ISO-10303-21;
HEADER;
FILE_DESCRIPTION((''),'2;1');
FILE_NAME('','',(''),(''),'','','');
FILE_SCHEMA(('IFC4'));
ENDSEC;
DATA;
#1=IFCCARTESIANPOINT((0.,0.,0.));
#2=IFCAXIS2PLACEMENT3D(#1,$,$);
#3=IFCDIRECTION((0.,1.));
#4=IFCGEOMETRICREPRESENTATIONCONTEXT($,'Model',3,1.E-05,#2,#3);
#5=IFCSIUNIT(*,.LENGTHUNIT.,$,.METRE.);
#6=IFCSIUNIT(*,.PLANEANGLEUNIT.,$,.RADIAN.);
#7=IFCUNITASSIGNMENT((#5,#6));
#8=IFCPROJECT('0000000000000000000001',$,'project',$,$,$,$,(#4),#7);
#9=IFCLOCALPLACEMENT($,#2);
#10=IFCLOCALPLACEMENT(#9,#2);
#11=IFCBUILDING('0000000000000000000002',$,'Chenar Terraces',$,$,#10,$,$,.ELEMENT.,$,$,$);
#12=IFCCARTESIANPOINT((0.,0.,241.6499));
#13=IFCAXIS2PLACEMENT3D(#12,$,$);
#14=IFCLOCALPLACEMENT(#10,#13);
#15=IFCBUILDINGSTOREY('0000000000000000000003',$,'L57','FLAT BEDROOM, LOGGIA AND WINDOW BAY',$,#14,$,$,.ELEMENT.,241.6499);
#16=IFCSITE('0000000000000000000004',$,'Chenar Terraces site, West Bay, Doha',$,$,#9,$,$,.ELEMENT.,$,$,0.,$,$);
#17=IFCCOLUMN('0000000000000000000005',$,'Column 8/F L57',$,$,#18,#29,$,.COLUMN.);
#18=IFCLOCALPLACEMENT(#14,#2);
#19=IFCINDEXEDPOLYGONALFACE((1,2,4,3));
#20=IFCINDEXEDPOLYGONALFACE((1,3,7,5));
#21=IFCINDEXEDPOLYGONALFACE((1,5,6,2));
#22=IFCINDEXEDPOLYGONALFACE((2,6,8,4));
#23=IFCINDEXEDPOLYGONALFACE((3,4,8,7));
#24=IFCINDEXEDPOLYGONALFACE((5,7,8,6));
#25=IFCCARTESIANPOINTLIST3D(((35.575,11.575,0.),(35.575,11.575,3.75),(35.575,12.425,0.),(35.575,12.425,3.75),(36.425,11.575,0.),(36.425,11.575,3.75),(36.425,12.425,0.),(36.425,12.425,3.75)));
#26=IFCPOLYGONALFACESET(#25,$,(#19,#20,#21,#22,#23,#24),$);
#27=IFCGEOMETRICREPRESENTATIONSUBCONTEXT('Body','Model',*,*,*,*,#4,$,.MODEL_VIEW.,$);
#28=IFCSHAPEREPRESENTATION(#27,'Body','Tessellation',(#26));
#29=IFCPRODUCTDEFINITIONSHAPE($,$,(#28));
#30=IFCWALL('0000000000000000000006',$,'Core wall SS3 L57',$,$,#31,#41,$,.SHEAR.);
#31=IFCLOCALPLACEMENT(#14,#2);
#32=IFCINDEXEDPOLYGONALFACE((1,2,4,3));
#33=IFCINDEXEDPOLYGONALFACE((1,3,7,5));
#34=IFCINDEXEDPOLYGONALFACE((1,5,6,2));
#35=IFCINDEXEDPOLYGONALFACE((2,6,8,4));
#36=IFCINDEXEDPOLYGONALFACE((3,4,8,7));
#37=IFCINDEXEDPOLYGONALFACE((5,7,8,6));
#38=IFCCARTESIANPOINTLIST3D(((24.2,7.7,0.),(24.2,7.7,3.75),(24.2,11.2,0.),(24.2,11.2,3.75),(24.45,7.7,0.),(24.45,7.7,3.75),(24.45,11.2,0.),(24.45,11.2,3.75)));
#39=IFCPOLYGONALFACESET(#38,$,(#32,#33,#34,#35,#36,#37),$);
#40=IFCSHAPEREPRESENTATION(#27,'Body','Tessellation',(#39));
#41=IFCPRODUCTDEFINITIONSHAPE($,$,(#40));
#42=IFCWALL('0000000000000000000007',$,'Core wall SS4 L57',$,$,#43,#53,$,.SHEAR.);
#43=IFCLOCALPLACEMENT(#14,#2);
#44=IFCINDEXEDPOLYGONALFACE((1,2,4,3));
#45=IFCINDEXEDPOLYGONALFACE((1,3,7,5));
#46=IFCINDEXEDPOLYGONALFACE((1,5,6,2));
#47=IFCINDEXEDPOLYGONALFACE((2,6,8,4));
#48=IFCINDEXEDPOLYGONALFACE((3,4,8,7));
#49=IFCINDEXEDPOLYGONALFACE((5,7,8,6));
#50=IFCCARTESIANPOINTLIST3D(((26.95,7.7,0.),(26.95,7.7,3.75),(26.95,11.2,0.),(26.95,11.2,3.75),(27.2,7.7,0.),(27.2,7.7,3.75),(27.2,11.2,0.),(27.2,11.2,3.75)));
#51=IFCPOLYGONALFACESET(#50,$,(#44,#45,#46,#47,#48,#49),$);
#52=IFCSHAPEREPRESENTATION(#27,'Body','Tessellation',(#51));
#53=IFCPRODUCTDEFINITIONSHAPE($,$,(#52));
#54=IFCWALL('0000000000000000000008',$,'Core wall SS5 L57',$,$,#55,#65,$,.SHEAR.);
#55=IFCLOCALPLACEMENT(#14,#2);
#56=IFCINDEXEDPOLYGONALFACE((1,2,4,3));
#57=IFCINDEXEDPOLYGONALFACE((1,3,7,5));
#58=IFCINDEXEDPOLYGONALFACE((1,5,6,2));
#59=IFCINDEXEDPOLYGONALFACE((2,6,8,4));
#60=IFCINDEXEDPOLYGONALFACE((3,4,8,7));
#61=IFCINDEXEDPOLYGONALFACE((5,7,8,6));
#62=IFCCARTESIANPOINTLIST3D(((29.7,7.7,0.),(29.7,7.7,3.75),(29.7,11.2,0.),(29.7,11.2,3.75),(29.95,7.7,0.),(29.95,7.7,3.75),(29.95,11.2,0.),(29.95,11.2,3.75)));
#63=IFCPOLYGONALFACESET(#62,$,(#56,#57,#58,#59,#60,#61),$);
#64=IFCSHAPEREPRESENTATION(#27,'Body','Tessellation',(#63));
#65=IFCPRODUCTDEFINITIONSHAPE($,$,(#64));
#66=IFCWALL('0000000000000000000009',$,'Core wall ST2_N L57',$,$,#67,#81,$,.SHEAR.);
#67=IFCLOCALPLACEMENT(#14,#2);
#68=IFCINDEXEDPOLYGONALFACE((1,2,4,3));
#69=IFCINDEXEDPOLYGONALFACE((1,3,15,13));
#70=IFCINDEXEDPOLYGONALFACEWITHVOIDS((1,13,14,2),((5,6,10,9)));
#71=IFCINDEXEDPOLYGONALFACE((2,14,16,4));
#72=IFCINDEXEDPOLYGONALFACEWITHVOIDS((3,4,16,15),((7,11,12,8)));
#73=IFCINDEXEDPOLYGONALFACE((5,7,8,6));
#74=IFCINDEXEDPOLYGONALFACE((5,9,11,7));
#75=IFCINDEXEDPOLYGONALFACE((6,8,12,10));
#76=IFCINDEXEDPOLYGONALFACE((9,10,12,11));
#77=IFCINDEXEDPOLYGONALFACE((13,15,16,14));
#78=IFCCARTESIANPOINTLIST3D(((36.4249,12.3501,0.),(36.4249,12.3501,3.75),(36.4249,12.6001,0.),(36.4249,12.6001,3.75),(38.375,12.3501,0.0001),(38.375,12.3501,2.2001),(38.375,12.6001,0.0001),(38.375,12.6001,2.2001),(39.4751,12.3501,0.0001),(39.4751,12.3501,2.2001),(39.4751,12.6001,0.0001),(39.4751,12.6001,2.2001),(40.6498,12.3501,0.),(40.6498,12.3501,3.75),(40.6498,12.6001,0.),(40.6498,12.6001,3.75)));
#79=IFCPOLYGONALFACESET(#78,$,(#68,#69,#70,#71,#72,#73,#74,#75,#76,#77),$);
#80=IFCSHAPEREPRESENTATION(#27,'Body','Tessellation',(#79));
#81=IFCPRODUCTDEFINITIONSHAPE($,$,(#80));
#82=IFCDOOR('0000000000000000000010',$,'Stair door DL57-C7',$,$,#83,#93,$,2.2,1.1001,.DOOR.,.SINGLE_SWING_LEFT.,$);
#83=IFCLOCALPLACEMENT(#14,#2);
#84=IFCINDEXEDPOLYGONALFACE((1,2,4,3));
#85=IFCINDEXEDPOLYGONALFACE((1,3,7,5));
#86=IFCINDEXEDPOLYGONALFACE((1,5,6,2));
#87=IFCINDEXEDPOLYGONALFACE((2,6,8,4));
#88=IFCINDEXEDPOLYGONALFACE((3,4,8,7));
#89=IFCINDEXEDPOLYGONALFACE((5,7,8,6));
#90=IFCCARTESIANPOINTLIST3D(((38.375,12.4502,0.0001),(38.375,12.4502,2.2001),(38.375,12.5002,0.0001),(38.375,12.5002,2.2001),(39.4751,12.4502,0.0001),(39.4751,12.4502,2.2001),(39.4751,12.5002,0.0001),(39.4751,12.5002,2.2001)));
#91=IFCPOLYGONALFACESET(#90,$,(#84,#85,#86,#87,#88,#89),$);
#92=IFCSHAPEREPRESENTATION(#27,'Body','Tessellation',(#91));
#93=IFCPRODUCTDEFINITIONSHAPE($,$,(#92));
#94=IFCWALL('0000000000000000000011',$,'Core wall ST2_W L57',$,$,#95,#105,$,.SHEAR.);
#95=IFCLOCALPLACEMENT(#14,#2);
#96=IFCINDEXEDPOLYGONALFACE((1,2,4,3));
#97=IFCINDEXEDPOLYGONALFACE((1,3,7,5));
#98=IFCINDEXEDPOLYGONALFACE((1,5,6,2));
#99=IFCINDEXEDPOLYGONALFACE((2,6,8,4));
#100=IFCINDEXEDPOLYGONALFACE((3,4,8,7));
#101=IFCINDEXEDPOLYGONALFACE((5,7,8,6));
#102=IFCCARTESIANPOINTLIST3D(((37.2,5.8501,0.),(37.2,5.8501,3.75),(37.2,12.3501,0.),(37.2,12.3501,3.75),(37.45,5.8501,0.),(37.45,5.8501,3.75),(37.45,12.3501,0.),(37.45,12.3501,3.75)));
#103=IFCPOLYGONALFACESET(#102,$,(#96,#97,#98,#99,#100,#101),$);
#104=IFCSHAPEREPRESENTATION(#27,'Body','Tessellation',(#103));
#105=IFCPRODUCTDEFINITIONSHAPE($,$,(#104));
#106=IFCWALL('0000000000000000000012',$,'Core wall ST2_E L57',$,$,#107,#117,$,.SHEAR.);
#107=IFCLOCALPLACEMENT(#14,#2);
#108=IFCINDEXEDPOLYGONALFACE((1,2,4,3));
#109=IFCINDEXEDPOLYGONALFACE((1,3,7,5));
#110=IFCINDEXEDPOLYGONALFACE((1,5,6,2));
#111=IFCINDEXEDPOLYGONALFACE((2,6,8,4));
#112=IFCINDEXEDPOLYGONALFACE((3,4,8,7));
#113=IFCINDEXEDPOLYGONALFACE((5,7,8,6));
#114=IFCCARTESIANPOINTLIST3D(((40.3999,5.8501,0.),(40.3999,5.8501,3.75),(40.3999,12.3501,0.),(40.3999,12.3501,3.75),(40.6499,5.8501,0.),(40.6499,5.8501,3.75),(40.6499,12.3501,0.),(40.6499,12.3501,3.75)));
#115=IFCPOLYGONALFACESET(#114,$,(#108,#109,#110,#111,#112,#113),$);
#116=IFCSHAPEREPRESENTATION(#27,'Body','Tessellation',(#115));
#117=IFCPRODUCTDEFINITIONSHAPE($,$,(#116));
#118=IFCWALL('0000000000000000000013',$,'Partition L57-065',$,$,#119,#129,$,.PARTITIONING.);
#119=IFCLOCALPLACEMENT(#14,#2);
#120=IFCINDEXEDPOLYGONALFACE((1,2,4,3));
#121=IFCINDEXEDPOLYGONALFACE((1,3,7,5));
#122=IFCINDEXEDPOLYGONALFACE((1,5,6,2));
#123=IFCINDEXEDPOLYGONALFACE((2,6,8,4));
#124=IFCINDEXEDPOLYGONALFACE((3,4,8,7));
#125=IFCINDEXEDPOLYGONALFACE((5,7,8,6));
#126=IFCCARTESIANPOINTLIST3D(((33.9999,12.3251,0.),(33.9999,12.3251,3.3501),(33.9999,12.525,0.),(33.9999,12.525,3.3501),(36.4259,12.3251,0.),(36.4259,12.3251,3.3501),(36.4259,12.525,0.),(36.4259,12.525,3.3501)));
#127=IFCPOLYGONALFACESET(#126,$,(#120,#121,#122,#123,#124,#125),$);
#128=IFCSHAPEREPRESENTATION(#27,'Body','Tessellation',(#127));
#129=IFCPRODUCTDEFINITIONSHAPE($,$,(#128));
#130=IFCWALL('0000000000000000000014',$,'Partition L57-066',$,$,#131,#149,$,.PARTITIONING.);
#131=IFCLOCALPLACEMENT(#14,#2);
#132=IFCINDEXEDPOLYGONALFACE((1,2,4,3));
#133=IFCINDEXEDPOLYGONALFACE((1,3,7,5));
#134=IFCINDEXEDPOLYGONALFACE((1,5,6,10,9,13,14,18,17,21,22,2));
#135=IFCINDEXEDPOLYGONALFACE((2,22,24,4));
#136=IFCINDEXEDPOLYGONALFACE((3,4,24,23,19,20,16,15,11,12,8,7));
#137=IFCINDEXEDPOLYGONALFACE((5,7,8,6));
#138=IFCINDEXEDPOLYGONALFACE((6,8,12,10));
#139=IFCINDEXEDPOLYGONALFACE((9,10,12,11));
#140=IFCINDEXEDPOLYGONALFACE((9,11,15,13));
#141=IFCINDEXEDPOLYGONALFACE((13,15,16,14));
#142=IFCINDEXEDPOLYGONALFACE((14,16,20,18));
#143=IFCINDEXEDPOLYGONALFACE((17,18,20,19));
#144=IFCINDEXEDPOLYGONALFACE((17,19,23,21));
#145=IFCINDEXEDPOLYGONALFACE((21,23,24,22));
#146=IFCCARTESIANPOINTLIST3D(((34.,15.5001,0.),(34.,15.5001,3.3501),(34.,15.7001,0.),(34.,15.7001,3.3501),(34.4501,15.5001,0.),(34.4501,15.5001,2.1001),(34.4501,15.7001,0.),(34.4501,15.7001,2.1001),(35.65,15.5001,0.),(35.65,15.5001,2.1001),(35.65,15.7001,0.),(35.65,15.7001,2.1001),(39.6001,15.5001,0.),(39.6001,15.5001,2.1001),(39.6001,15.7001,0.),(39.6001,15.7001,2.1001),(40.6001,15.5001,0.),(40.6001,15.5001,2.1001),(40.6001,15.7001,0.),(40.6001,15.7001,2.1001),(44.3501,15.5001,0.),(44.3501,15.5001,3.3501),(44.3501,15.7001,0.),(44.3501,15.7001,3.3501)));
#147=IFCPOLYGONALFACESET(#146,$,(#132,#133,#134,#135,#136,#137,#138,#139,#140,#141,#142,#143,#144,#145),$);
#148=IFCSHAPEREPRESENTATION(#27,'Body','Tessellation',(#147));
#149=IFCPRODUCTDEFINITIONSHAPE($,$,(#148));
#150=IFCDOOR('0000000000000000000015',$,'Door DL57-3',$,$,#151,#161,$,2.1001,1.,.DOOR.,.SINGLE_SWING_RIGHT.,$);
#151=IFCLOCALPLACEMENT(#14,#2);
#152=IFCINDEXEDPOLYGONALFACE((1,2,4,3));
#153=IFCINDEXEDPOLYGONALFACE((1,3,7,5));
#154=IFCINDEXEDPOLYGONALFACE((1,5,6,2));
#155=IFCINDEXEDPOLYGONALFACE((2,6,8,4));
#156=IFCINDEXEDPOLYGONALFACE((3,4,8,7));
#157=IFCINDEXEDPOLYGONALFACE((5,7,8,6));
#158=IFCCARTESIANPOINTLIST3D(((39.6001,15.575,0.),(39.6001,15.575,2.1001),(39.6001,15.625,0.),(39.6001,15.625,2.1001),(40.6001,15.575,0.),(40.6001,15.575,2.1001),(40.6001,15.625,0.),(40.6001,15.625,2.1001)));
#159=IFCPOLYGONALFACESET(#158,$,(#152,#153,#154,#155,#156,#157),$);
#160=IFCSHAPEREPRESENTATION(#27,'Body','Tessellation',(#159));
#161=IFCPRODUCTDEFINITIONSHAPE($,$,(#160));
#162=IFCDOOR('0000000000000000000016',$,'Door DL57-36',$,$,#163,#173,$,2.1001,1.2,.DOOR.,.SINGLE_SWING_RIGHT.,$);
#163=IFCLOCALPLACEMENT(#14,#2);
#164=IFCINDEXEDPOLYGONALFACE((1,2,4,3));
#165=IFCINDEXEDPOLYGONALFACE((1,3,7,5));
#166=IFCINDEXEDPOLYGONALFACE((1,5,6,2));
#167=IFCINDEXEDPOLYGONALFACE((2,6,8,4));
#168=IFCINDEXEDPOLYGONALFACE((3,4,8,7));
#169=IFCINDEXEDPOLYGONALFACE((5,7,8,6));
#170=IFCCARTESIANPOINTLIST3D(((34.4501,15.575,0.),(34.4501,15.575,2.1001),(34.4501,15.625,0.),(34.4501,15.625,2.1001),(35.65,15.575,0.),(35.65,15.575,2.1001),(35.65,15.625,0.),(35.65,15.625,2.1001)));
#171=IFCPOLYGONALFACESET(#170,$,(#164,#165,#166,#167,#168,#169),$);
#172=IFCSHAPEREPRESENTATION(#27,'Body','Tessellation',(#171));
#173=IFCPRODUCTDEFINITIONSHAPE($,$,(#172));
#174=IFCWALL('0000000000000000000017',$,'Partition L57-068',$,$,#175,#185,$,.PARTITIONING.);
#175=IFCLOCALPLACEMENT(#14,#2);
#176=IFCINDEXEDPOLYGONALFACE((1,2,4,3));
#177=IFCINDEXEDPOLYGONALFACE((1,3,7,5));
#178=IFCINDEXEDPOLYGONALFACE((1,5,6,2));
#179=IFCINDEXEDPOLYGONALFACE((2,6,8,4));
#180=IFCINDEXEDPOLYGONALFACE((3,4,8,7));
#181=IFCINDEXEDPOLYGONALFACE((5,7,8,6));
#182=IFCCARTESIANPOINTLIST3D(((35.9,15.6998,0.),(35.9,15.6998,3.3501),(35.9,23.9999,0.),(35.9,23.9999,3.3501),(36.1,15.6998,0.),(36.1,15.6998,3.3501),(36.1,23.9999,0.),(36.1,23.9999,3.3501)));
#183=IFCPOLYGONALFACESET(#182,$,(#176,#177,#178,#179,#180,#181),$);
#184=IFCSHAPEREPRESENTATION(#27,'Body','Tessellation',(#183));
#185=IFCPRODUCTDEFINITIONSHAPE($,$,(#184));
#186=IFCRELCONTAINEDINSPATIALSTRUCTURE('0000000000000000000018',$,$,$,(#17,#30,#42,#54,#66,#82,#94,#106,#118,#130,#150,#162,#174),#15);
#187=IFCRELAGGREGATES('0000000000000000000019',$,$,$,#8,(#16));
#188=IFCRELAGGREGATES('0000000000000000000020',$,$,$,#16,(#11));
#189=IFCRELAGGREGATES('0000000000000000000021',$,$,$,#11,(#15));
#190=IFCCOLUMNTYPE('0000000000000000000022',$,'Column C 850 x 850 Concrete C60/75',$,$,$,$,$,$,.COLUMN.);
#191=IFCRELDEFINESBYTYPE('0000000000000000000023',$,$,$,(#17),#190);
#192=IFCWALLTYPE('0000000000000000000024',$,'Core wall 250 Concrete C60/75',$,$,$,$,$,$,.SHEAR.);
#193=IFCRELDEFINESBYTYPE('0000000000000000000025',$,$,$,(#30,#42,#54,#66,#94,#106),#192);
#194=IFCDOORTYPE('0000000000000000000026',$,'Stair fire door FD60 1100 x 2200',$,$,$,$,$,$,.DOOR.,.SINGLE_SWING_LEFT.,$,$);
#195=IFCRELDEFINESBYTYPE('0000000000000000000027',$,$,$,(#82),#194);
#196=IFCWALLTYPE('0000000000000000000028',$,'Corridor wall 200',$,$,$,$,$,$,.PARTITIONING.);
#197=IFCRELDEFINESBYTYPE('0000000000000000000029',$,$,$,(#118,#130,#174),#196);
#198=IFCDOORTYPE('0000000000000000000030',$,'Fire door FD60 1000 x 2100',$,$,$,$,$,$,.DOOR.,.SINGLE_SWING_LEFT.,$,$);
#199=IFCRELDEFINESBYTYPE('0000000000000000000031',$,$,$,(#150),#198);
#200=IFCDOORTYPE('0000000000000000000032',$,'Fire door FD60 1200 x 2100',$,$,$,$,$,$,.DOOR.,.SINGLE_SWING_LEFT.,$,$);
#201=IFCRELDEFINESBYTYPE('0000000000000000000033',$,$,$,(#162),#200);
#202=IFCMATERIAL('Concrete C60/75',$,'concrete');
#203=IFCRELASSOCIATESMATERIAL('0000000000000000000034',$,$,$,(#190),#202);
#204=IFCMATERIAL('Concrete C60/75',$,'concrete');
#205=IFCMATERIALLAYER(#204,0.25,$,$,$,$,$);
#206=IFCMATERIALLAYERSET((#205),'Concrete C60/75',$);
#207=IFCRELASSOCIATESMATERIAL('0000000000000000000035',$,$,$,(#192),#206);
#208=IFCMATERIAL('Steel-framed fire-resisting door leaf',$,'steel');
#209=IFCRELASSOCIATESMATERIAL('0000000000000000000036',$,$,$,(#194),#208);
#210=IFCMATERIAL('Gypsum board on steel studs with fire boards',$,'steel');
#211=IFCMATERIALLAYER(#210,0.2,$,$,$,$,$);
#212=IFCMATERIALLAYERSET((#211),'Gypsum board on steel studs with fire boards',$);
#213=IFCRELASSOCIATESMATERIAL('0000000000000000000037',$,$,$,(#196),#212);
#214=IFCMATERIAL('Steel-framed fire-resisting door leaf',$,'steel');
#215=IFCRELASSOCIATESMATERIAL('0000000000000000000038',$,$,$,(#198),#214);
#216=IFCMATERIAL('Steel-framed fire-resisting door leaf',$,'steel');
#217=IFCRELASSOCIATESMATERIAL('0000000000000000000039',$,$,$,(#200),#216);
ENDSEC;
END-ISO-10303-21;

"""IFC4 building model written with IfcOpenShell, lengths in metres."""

from ifc_helpers import new_model, si_unit, direction, frame, frame_2d, origin, origin_2d, place, context, subcontext, project, spatial, rectangle, extrude, material, layer, layer_set, material_profile, profile_set, type_object, element, fill, save


model = new_model("IFC4")

# Units and contexts
model_context = context("Model", 3, precision=1e-05, world=origin(), true_north=direction((0.0, 1.0)))
body_context = subcontext(model_context, "Body", "Model", "MODEL_VIEW")
ifc_project = project(units=[si_unit("LENGTHUNIT", "METRE"), si_unit("PLANEANGLEUNIT", "RADIAN")], contexts=[model_context])

# Site, building, storey
site_placement = place(None, origin())
site = spatial("IfcSite", under=ifc_project, at=site_placement, Name="Chenar Terraces site, West Bay, Doha", CompositionType="ELEMENT", RefElevation=0.0)
building_placement = place(site_placement, origin())
building = spatial("IfcBuilding", under=site, at=building_placement, Name="Chenar Terraces", CompositionType="ELEMENT")
storey_placement = place(building_placement, frame((0.0, 0.0, 241.6499)))
storey = spatial("IfcBuildingStorey", under=building, at=storey_placement, Name="L57", Description="FLAT BEDROOM, LOGGIA AND WINDOW BAY", CompositionType="ELEMENT", Elevation=241.6499)

# Column
ifc_material_1 = material(Name="Concrete C60/75", Category="concrete")
ifc_material_profile = material_profile(ifc_material_1, rectangle(XDim=0.8501, YDim=0.8501, at=origin_2d()), Name="C 850 x 850")
ifc_profile_set = profile_set([ifc_material_profile], Name="Concrete C60/75")
column_type = type_object("IfcColumnType", Name="Column C 850 x 850 Concrete C60/75", PredefinedType="COLUMN", material=ifc_profile_set)
column_placement = place(storey_placement, frame((36.0, 12.0, 0.0), z_axis=(0.0, 0.0, 1.0), x_axis=(1.0, 0.0, 0.0)))
element("IfcColumn", 1, at=column_placement, inside=storey, type_object=column_type, Name="Column 8/F L57", PredefinedType="COLUMN", context=body_context, shape_type="SweptSolid", body=[
    extrude(rectangle(XDim=0.8501, YDim=0.8501, at=origin_2d()), origin(), (0.0, 0.0, 1.0), 3.75),
])

# Walls
ifc_material_2 = material(Name="Concrete C60/75", Category="concrete")
ifc_layer_1 = layer(ifc_material_2, 0.25)
ifc_layer_set_1 = layer_set([ifc_layer_1], Name="Concrete C60/75")
wall_type_1 = type_object("IfcWallType", Name="Core wall 250 Concrete C60/75", PredefinedType="SHEAR", material=ifc_layer_set_1)
for number, where, z_axis, x_axis, name in (
    (2, (24.325, 7.7, 0.0), (0.0, 0.0, 1.0), (0.0, 1.0, 0.0), "Core wall SS3 L57"),
    (3, (27.075, 7.7, 0.0), (0.0, 0.0, 1.0), (0.0, 1.0, 0.0), "Core wall SS4 L57"),
    (4, (29.825, 7.7, 0.0), (0.0, 0.0, 1.0), (0.0, 1.0, 0.0), "Core wall SS5 L57"),
):
    element("IfcWall", number, at=place(storey_placement, frame(where, z_axis=z_axis, x_axis=x_axis)), inside=storey, type_object=wall_type_1, Name=name, PredefinedType="SHEAR", context=body_context, shape_type="SweptSolid", body=[
        extrude(rectangle(XDim=3.5, YDim=0.25, at=frame_2d((1.75, 0.0))), origin(), (0.0, 0.0, 1.0), 3.75),
    ])

# Wall, opening, door
wall_1_placement = place(storey_placement, frame((36.425, 12.4751, 0.0), z_axis=(0.0, 0.0, 1.0), x_axis=(1.0, 0.0, 0.0)))
wall_1 = element("IfcWall", 5, at=wall_1_placement, inside=storey, type_object=wall_type_1, Name="Core wall ST2_N L57", PredefinedType="SHEAR", context=body_context, shape_type="SweptSolid", body=[
    extrude(rectangle(XDim=4.2249, YDim=0.25, at=frame_2d((2.1123, 0.0))), origin(), (0.0, 0.0, 1.0), 3.75),
])
opening_1_placement = place(wall_1_placement, frame((1.95, 0.0, 0.0)))
opening_1 = element("IfcOpeningElement", 6, at=opening_1_placement, cuts=wall_1, PredefinedType="OPENING", context=body_context, shape_type="SweptSolid", body=[
    extrude(rectangle(XDim=1.1001, YDim=2.2, at=frame_2d((0.55, 1.1001))), frame((0.0, 0.135, 0.0), z_axis=(0.0, -1.0, 0.0), x_axis=(1.0, 0.0, 0.0)), (0.0, 0.0, 1.0), 0.27),
])
ifc_material_3 = material(Name="Steel-framed fire-resisting door leaf", Category="steel")
door_type_1 = type_object("IfcDoorType", Name="Stair fire door FD60 1100 x 2200", OperationType="SINGLE_SWING_LEFT", PredefinedType="DOOR", material=ifc_material_3)
door_1_placement = place(opening_1_placement, frame((1.1001, 0.0, 0.0), z_axis=(0.0, 0.0, 1.0), x_axis=(-1.0, 0.0, 0.0)))
door_1 = element("IfcDoor", 7, at=door_1_placement, inside=storey, type_object=door_type_1, Name="Stair door DL57-C7", OperationType="SINGLE_SWING_LEFT", OverallHeight=2.2, OverallWidth=1.1001, PredefinedType="DOOR", context=body_context, shape_type="SweptSolid", body=[
    extrude(rectangle(XDim=1.1001, YDim=2.2, at=frame_2d((0.55, 1.1001))), frame((0.0, 0.0249, 0.0), z_axis=(0.0, -1.0, 0.0), x_axis=(1.0, 0.0, 0.0)), (0.0, 0.0, 1.0), 0.05),
])
fill(opening_1, door_1)

# Walls
for number, where, z_axis, x_axis, name in (
    (8, (37.325, 5.8501, 0.0), (0.0, 0.0, 1.0), (0.0, 1.0, 0.0), "Core wall ST2_W L57"),
    (9, (40.5249, 5.8501, 0.0), (0.0, 0.0, 1.0), (0.0, 1.0, 0.0), "Core wall ST2_E L57"),
):
    element("IfcWall", number, at=place(storey_placement, frame(where, z_axis=z_axis, x_axis=x_axis)), inside=storey, type_object=wall_type_1, Name=name, PredefinedType="SHEAR", context=body_context, shape_type="SweptSolid", body=[
        extrude(rectangle(XDim=6.5, YDim=0.25, at=frame_2d((3.25, 0.0))), origin(), (0.0, 0.0, 1.0), 3.75),
    ])

# Wall
ifc_material_4 = material(Name="Gypsum board on steel studs with fire boards", Category="steel")
ifc_layer_2 = layer(ifc_material_4, 0.2)
ifc_layer_set_2 = layer_set([ifc_layer_2], Name="Gypsum board on steel studs with fire boards")
wall_type_2 = type_object("IfcWallType", Name="Corridor wall 200", PredefinedType="PARTITIONING", material=ifc_layer_set_2)
wall_2_placement = place(storey_placement, frame((34.0, 12.425, 0.0), z_axis=(0.0, 0.0, 1.0), x_axis=(1.0, 0.0, 0.0)))
element("IfcWall", 10, at=wall_2_placement, inside=storey, type_object=wall_type_2, Name="Partition L57-065", PredefinedType="PARTITIONING", context=body_context, shape_type="SweptSolid", body=[
    extrude(rectangle(XDim=2.426, YDim=0.2, at=frame_2d((1.2129, 0.0))), origin(), (0.0, 0.0, 1.0), 3.3501),
])

# Wall, openings, doors
wall_3_placement = place(storey_placement, frame((34.0, 15.6001, 0.0), z_axis=(0.0, 0.0, 1.0), x_axis=(1.0, 0.0, 0.0)))
wall_3 = element("IfcWall", 11, at=wall_3_placement, inside=storey, type_object=wall_type_2, Name="Partition L57-066", PredefinedType="PARTITIONING", context=body_context, shape_type="SweptSolid", body=[
    extrude(rectangle(XDim=10.3501, YDim=0.2, at=frame_2d((5.175, 0.0))), origin(), (0.0, 0.0, 1.0), 3.3501),
])
opening_2_placement = place(wall_3_placement, frame((5.6001, 0.0, 0.0)))
opening_2 = element("IfcOpeningElement", 12, at=opening_2_placement, cuts=wall_3, PredefinedType="OPENING", context=body_context, shape_type="SweptSolid", body=[
    extrude(rectangle(XDim=1.0, YDim=2.1001, at=frame_2d((0.5, 1.05))), frame((0.0, 0.1099, 0.0), z_axis=(0.0, -1.0, 0.0), x_axis=(1.0, 0.0, 0.0)), (0.0, 0.0, 1.0), 0.22),
])
opening_3_placement = place(wall_3_placement, frame((0.45, 0.0, 0.0)))
opening_3 = element("IfcOpeningElement", 13, at=opening_3_placement, cuts=wall_3, PredefinedType="OPENING", context=body_context, shape_type="SweptSolid", body=[
    extrude(rectangle(XDim=1.2, YDim=2.1001, at=frame_2d((0.6001, 1.05))), frame((0.0, 0.1099, 0.0), z_axis=(0.0, -1.0, 0.0), x_axis=(1.0, 0.0, 0.0)), (0.0, 0.0, 1.0), 0.22),
])
ifc_material_5 = material(Name="Steel-framed fire-resisting door leaf", Category="steel")
door_type_2 = type_object("IfcDoorType", Name="Fire door FD60 1000 x 2100", OperationType="SINGLE_SWING_LEFT", PredefinedType="DOOR", material=ifc_material_5)
door_2_placement = place(opening_2_placement, origin())
door_2 = element("IfcDoor", 14, at=door_2_placement, inside=storey, type_object=door_type_2, Name="Door DL57-3", OperationType="SINGLE_SWING_RIGHT", OverallHeight=2.1001, OverallWidth=1.0, PredefinedType="DOOR", context=body_context, shape_type="SweptSolid", body=[
    extrude(rectangle(XDim=1.0, YDim=2.1001, at=frame_2d((0.5, 1.05))), frame((0.0, 0.0249, 0.0), z_axis=(0.0, -1.0, 0.0), x_axis=(1.0, 0.0, 0.0)), (0.0, 0.0, 1.0), 0.05),
])
fill(opening_2, door_2)
ifc_material_6 = material(Name="Steel-framed fire-resisting door leaf", Category="steel")
door_type_3 = type_object("IfcDoorType", Name="Fire door FD60 1200 x 2100", OperationType="SINGLE_SWING_LEFT", PredefinedType="DOOR", material=ifc_material_6)
door_3_placement = place(opening_3_placement, origin())
door_3 = element("IfcDoor", 15, at=door_3_placement, inside=storey, type_object=door_type_3, Name="Door DL57-36", OperationType="SINGLE_SWING_RIGHT", OverallHeight=2.1001, OverallWidth=1.2, PredefinedType="DOOR", context=body_context, shape_type="SweptSolid", body=[
    extrude(rectangle(XDim=1.2, YDim=2.1001, at=frame_2d((0.6001, 1.05))), frame((0.0, 0.0249, 0.0), z_axis=(0.0, -1.0, 0.0), x_axis=(1.0, 0.0, 0.0)), (0.0, 0.0, 1.0), 0.05),
])
fill(opening_3, door_3)

# Wall
wall_4_placement = place(storey_placement, frame((36.0, 15.7, 0.0), z_axis=(0.0, 0.0, 1.0), x_axis=(0.0, 1.0, 0.0)))
element("IfcWall", 16, at=wall_4_placement, inside=storey, type_object=wall_type_2, Name="Partition L57-068", PredefinedType="PARTITIONING", context=body_context, shape_type="SweptSolid", body=[
    extrude(rectangle(XDim=8.3, YDim=0.2, at=frame_2d((4.1499, 0.0))), origin(), (0.0, 0.0, 1.0), 3.3501),
])

save(model, "model.ifc")
